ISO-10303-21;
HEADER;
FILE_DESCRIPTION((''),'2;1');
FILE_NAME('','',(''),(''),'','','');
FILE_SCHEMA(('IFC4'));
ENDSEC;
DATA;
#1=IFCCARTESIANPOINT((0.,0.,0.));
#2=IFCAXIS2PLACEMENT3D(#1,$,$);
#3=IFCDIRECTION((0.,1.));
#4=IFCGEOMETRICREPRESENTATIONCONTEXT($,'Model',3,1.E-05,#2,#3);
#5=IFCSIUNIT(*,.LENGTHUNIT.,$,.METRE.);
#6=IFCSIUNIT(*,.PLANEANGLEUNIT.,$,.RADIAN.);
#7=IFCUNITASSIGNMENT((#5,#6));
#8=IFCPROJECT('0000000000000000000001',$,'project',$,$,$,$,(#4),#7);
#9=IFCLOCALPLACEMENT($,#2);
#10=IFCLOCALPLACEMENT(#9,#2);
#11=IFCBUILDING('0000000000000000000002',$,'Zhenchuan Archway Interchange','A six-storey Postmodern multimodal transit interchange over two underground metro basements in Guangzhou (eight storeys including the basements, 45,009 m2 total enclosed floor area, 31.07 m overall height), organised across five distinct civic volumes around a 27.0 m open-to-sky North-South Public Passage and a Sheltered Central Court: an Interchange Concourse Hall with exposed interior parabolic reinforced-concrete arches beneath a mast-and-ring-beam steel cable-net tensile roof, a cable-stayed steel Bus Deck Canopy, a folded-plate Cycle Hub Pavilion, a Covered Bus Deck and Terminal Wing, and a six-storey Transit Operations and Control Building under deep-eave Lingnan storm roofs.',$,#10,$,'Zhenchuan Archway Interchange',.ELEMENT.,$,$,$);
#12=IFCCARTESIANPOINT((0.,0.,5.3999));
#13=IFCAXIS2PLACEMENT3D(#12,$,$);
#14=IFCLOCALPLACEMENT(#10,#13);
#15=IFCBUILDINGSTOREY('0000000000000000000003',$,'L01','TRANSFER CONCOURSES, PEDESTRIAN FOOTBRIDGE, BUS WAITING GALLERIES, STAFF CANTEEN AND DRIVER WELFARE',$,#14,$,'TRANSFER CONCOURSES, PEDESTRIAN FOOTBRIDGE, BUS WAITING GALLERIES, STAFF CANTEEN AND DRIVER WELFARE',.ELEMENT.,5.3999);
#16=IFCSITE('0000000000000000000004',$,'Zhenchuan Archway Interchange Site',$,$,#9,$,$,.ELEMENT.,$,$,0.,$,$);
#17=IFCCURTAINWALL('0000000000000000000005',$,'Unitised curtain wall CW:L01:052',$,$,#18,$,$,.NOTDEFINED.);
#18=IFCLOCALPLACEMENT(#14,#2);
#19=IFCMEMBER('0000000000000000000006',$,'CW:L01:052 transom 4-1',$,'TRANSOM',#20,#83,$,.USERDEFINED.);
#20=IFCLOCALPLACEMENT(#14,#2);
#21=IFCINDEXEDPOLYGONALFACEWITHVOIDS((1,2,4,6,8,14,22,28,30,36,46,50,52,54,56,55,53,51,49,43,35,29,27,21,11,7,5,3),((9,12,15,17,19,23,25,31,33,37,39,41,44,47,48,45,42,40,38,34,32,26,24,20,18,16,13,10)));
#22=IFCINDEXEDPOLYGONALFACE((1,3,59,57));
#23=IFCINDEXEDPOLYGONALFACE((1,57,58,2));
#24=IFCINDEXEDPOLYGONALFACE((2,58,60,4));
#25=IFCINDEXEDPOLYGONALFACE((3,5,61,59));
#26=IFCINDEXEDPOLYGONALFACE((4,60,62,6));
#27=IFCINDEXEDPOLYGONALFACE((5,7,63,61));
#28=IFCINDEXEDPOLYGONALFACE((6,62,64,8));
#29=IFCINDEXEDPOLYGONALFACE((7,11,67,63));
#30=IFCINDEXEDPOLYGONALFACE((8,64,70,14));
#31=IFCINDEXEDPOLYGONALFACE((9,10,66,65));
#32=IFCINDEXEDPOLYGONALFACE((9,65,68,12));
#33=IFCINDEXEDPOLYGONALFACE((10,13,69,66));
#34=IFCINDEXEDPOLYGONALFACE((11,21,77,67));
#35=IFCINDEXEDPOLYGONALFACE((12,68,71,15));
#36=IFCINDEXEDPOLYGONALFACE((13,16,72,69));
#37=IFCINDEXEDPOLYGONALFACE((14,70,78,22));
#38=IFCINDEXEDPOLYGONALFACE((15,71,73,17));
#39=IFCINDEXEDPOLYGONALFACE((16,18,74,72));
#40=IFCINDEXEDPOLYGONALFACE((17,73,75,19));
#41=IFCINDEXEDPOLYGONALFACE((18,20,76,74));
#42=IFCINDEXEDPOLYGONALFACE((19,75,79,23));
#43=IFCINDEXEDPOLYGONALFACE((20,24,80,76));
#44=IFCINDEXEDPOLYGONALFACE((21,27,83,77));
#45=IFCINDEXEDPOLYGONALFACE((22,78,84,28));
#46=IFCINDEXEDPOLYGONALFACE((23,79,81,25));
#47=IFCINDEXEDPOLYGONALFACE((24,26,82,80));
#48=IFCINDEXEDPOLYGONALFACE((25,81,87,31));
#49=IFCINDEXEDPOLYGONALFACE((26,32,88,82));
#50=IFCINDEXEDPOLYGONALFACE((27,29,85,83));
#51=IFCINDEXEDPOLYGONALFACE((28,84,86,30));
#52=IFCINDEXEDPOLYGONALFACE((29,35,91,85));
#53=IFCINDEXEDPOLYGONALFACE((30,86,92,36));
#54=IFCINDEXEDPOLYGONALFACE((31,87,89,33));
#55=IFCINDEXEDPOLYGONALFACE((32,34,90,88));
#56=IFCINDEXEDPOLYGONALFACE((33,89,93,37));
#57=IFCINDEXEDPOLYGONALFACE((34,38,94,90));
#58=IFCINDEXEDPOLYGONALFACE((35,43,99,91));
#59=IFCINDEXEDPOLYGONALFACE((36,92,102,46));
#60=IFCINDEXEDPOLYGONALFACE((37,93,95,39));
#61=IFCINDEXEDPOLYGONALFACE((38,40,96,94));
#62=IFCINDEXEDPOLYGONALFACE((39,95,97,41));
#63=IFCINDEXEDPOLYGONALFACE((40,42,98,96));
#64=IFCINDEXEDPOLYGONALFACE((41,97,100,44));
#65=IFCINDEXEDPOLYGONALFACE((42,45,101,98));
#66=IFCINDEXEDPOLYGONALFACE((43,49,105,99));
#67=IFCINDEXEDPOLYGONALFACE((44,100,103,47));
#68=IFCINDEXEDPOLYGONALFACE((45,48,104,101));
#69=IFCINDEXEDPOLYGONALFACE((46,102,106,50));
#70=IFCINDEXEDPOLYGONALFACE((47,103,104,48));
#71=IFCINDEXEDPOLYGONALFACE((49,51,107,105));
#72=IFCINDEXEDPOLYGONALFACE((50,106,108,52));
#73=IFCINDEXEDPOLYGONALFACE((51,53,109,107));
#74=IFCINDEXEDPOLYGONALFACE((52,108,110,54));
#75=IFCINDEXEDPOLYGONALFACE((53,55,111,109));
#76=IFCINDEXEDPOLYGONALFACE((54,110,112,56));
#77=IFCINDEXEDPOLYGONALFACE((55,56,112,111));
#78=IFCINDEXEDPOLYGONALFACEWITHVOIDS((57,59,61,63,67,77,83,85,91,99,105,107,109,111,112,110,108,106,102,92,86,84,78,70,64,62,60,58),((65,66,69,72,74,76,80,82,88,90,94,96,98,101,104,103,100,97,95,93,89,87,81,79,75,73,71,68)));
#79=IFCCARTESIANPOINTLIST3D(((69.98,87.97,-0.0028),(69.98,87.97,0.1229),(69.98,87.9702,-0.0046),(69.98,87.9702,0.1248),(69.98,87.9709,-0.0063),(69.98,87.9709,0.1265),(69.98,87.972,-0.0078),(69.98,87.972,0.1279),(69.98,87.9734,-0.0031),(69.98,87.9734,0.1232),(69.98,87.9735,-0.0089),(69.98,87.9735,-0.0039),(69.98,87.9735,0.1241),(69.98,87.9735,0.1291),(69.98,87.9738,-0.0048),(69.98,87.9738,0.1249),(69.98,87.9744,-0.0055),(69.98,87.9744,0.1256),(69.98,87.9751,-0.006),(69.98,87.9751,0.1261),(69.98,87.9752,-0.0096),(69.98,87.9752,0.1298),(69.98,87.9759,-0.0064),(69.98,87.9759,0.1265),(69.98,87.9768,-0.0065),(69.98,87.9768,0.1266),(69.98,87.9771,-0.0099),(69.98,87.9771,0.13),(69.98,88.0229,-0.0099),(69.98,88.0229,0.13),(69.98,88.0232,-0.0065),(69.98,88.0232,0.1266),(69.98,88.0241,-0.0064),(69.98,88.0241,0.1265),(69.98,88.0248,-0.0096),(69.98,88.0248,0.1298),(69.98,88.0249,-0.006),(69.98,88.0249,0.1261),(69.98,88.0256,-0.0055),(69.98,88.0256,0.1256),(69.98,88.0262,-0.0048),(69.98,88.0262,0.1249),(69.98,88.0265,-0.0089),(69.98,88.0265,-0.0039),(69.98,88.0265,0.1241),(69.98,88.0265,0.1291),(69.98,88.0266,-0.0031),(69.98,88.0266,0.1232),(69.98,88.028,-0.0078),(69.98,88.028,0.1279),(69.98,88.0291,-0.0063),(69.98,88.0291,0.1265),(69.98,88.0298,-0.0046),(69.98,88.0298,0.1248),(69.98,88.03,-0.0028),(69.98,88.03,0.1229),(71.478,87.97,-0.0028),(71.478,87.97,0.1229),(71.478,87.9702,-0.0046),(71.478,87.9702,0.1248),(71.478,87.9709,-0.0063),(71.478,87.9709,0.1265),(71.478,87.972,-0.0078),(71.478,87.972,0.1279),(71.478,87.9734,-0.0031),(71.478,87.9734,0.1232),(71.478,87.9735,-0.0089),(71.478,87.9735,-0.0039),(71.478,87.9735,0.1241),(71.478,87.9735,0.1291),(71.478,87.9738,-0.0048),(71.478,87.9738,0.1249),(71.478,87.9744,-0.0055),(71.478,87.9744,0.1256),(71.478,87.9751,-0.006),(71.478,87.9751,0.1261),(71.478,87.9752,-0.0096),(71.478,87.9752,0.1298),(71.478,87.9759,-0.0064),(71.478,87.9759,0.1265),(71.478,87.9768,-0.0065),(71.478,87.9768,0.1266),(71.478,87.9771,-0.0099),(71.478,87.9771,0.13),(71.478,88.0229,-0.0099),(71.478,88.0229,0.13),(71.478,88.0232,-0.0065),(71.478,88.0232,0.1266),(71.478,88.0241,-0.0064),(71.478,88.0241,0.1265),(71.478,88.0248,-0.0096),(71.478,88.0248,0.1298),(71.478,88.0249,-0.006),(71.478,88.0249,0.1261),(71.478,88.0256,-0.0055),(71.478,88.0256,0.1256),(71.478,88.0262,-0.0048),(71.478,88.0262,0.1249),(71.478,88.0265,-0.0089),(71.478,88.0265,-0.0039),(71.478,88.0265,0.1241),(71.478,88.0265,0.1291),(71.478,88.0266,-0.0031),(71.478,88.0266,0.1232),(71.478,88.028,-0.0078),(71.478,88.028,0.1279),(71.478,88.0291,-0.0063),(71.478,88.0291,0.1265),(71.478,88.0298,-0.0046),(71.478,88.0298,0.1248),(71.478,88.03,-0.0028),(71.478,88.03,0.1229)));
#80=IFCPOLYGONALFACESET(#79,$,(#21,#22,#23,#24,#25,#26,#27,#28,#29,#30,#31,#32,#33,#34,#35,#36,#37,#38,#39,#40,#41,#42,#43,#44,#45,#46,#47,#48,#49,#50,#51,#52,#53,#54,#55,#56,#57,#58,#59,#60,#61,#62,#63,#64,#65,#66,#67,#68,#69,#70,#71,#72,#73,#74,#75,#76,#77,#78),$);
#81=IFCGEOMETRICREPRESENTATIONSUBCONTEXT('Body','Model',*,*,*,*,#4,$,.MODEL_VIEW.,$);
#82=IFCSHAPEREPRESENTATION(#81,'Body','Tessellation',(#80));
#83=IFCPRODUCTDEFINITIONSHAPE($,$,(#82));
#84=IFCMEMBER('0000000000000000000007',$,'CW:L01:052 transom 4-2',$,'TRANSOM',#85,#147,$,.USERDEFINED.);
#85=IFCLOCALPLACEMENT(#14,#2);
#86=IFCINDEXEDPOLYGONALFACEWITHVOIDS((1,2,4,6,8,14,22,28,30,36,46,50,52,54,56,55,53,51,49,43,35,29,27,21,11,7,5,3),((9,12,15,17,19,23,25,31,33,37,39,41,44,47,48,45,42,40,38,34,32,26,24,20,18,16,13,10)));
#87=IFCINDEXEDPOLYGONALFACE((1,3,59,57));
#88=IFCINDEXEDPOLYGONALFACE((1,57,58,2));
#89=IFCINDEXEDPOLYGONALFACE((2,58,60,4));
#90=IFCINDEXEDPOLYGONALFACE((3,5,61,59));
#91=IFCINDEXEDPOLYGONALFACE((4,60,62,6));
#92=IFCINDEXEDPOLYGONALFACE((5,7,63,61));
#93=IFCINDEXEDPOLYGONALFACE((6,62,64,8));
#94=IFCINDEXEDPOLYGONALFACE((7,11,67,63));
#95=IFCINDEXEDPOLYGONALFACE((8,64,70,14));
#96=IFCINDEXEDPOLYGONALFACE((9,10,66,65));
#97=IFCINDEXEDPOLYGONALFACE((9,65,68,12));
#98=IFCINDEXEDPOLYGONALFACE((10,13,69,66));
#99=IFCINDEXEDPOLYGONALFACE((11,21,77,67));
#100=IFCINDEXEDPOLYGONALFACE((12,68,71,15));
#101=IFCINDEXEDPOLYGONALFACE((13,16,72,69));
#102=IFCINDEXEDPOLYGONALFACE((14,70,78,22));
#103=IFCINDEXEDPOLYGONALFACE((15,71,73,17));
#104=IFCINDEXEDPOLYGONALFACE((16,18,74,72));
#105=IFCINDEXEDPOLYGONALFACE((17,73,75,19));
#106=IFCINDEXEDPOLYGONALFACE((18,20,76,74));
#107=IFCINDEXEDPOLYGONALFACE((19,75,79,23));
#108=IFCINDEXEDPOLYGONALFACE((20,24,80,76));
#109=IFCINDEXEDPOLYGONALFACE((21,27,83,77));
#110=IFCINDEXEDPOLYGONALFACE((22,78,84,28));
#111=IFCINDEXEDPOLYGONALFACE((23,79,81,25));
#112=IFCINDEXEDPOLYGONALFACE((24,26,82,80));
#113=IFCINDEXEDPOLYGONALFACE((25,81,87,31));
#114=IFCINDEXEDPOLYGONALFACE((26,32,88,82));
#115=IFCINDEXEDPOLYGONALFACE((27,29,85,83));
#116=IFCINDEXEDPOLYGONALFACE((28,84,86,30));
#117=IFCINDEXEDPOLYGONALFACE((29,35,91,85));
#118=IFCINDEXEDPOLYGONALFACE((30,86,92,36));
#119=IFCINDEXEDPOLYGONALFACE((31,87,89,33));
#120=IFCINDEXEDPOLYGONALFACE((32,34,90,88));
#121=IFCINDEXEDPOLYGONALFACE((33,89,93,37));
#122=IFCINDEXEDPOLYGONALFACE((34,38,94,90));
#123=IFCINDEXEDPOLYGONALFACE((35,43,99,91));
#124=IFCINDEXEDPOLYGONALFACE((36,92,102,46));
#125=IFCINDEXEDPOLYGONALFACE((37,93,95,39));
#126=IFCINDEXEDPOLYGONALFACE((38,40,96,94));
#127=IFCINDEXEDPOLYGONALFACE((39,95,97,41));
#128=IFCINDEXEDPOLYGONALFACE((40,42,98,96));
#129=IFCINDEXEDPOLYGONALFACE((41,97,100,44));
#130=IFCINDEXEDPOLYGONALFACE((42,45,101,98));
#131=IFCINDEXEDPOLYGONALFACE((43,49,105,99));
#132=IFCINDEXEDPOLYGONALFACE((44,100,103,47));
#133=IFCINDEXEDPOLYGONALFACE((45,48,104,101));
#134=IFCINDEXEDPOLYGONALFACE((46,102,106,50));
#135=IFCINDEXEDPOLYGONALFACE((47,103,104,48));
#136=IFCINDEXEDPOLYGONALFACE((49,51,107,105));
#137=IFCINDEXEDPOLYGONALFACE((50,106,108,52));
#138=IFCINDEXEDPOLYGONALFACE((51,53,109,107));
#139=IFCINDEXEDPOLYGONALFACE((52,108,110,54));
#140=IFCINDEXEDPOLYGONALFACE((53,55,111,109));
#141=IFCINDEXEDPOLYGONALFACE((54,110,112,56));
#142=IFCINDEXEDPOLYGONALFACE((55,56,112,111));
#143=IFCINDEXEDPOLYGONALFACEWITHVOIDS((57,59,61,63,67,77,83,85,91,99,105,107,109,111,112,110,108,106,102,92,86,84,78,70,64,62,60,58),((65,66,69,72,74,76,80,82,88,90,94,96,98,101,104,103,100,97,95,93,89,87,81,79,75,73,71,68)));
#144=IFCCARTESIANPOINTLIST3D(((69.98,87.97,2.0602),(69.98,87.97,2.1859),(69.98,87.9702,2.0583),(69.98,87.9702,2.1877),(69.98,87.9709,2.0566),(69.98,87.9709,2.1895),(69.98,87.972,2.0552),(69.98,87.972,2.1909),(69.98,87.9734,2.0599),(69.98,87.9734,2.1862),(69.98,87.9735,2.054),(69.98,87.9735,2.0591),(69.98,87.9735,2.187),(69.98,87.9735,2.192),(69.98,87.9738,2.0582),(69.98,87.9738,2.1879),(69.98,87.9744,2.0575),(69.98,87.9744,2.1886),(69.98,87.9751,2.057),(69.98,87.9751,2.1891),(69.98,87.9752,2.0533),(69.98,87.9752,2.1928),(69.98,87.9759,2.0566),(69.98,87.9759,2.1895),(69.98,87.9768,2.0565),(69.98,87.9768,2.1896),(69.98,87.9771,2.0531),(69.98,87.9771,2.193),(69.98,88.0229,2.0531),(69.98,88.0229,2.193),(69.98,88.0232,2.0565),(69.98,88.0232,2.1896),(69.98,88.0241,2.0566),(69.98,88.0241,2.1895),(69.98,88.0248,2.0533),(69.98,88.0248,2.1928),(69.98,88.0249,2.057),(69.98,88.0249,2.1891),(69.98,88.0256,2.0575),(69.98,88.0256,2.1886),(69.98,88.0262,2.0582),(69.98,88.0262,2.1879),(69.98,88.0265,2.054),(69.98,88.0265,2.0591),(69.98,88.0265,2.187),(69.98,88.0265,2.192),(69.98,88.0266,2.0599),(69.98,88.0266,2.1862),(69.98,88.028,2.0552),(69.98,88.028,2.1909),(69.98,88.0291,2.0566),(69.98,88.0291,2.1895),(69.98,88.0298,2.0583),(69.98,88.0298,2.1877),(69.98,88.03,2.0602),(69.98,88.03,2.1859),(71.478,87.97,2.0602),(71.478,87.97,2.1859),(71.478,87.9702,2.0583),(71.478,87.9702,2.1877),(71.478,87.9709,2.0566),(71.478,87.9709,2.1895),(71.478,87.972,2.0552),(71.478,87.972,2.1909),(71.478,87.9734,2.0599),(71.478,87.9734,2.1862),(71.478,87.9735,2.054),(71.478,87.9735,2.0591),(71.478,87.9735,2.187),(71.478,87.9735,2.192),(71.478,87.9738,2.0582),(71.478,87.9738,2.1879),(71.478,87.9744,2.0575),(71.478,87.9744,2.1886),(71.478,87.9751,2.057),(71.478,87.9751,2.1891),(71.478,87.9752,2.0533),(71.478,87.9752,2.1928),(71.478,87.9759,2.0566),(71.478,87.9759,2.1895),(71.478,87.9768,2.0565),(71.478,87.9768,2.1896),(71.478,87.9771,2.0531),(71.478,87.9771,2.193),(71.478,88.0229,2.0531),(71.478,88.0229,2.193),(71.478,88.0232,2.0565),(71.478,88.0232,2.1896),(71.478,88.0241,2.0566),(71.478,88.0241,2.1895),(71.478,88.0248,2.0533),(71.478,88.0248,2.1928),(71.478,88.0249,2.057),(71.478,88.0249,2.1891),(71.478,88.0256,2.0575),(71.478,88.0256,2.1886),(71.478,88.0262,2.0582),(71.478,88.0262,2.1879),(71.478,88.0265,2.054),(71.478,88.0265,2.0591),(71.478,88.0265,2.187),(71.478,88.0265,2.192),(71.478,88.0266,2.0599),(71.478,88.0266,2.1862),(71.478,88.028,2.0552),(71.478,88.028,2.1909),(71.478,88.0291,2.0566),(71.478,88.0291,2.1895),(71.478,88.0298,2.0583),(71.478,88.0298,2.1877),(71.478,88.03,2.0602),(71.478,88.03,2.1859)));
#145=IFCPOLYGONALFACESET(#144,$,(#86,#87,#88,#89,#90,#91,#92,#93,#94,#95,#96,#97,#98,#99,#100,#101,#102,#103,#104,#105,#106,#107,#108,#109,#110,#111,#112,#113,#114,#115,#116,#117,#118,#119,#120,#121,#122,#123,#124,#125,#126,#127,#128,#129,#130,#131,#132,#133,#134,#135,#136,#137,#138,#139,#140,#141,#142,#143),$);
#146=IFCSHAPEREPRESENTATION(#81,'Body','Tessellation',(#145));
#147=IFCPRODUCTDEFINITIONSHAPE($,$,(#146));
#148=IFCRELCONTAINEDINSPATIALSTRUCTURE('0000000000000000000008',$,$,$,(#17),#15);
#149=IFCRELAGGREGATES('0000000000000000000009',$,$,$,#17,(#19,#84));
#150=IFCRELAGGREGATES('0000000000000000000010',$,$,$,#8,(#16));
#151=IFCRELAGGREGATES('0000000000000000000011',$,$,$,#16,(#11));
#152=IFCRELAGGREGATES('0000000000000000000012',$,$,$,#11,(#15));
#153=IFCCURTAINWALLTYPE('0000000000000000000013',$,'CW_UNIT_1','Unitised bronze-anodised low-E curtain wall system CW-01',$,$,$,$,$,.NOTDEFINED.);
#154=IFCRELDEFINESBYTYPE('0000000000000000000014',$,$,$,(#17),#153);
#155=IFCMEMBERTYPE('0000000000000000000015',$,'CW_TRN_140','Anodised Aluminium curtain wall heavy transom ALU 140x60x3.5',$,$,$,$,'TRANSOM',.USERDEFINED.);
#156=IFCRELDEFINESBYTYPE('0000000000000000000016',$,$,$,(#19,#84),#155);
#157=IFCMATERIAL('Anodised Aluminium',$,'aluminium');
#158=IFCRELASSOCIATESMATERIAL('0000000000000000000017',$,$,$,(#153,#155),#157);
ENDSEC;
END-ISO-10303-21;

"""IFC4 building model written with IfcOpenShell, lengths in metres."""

from ifc_helpers import new_model, si_unit, direction, frame, origin, origin_2d, place, context, subcontext, project, spatial, hollow_rectangle, extrude, material, material_profile, profile_set, type_object, element, aggregate, save


model = new_model("IFC4")

# Units and contexts
model_context = context("Model", 3, precision=1e-05, world=origin(), true_north=direction((0.0, 1.0)))
body_context = subcontext(model_context, "Body", "Model", "MODEL_VIEW")
ifc_project = project(units=[si_unit("LENGTHUNIT", "METRE"), si_unit("PLANEANGLEUNIT", "RADIAN")], contexts=[model_context])

# Site, building, storey
site_placement = place(None, origin())
site = spatial("IfcSite", under=ifc_project, at=site_placement, Name="Zhenchuan Archway Interchange Site", CompositionType="ELEMENT", RefElevation=0.0)
building_placement = place(site_placement, origin())
building = spatial("IfcBuilding", under=site, at=building_placement, Name="Zhenchuan Archway Interchange", Description="A six-storey Postmodern multimodal transit interchange over two underground metro basements in Guangzhou (eight storeys including the basements, 45,009 m2 total enclosed floor area, 31.07 m overall height), organised across five distinct civic volumes around a 27.0 m open-to-sky North-South Public Passage and a Sheltered Central Court: an Interchange Concourse Hall with exposed interior parabolic reinforced-concrete arches beneath a mast-and-ring-beam steel cable-net tensile roof, a cable-stayed steel Bus Deck Canopy, a folded-plate Cycle Hub Pavilion, a Covered Bus Deck and Terminal Wing, and a six-storey Transit Operations and Control Building under deep-eave Lingnan storm roofs.", LongName="Zhenchuan Archway Interchange", CompositionType="ELEMENT")
storey_placement = place(building_placement, frame((0.0, 0.0, 5.3999)))
storey = spatial("IfcBuildingStorey", under=building, at=storey_placement, Name="L01", Description="TRANSFER CONCOURSES, PEDESTRIAN FOOTBRIDGE, BUS WAITING GALLERIES, STAFF CANTEEN AND DRIVER WELFARE", LongName="TRANSFER CONCOURSES, PEDESTRIAN FOOTBRIDGE, BUS WAITING GALLERIES, STAFF CANTEEN AND DRIVER WELFARE", CompositionType="ELEMENT", Elevation=5.3999)

# Curtain wall, members
ifc_material_1 = material(Name="Anodised Aluminium", Category="aluminium")
curtain_wall_type = type_object("IfcCurtainWallType", Name="CW_UNIT_1", Description="Unitised bronze-anodised low-E curtain wall system CW-01", PredefinedType="NOTDEFINED", material=ifc_material_1)
curtain_wall_placement = place(storey_placement, origin())
curtain_wall = element("IfcCurtainWall", 1, at=curtain_wall_placement, inside=storey, type_object=curtain_wall_type, Name="Unitised curtain wall CW:L01:052", PredefinedType="NOTDEFINED")
ifc_material_profile_1 = material_profile(ifc_material_1, hollow_rectangle(XDim=0.0601, YDim=0.1399, WallThickness=0.0034, InnerFilletRadius=0.0034, OuterFilletRadius=0.0071, at=origin_2d()), Name="ALU 140x60x3.5")
ifc_profile_set_1 = profile_set([ifc_material_profile_1], Name="Anodised Aluminium")
member_type_1 = type_object("IfcMemberType", Name="CW_TRN_140", Description="Anodised Aluminium curtain wall heavy transom ALU 140x60x3.5", ElementType="TRANSOM", PredefinedType="USERDEFINED", material=ifc_profile_set_1)
member_1_placement = place(storey_placement, frame((69.98, 88.0, 0.0601), z_axis=(1.0, 0.0, 0.0), x_axis=(0.0, 1.0, 0.0)))
member_1 = element("IfcMember", 2, at=member_1_placement, type_object=member_type_1, Name="CW:L01:052 transom 4-1", ObjectType="TRANSOM", PredefinedType="USERDEFINED", context=body_context, shape_type="SweptSolid", body=[
    extrude(hollow_rectangle(XDim=0.0601, YDim=0.1399, WallThickness=0.0034, InnerFilletRadius=0.0034, OuterFilletRadius=0.0071, at=origin_2d()), origin(), (0.0, 0.0, 1.0), 1.498),
])
member_2_placement = place(storey_placement, frame((69.98, 88.0, 2.123), z_axis=(1.0, 0.0, 0.0), x_axis=(0.0, 1.0, 0.0)))
member_2 = element("IfcMember", 3, at=member_2_placement, type_object=member_type_1, Name="CW:L01:052 transom 4-2", ObjectType="TRANSOM", PredefinedType="USERDEFINED", context=body_context, shape_type="SweptSolid", body=[
    extrude(hollow_rectangle(XDim=0.0601, YDim=0.1399, WallThickness=0.0034, InnerFilletRadius=0.0034, OuterFilletRadius=0.0071, at=origin_2d()), origin(), (0.0, 0.0, 1.0), 1.498),
])

aggregate(curtain_wall, [member_1, member_2])

save(model, "model.ifc")
